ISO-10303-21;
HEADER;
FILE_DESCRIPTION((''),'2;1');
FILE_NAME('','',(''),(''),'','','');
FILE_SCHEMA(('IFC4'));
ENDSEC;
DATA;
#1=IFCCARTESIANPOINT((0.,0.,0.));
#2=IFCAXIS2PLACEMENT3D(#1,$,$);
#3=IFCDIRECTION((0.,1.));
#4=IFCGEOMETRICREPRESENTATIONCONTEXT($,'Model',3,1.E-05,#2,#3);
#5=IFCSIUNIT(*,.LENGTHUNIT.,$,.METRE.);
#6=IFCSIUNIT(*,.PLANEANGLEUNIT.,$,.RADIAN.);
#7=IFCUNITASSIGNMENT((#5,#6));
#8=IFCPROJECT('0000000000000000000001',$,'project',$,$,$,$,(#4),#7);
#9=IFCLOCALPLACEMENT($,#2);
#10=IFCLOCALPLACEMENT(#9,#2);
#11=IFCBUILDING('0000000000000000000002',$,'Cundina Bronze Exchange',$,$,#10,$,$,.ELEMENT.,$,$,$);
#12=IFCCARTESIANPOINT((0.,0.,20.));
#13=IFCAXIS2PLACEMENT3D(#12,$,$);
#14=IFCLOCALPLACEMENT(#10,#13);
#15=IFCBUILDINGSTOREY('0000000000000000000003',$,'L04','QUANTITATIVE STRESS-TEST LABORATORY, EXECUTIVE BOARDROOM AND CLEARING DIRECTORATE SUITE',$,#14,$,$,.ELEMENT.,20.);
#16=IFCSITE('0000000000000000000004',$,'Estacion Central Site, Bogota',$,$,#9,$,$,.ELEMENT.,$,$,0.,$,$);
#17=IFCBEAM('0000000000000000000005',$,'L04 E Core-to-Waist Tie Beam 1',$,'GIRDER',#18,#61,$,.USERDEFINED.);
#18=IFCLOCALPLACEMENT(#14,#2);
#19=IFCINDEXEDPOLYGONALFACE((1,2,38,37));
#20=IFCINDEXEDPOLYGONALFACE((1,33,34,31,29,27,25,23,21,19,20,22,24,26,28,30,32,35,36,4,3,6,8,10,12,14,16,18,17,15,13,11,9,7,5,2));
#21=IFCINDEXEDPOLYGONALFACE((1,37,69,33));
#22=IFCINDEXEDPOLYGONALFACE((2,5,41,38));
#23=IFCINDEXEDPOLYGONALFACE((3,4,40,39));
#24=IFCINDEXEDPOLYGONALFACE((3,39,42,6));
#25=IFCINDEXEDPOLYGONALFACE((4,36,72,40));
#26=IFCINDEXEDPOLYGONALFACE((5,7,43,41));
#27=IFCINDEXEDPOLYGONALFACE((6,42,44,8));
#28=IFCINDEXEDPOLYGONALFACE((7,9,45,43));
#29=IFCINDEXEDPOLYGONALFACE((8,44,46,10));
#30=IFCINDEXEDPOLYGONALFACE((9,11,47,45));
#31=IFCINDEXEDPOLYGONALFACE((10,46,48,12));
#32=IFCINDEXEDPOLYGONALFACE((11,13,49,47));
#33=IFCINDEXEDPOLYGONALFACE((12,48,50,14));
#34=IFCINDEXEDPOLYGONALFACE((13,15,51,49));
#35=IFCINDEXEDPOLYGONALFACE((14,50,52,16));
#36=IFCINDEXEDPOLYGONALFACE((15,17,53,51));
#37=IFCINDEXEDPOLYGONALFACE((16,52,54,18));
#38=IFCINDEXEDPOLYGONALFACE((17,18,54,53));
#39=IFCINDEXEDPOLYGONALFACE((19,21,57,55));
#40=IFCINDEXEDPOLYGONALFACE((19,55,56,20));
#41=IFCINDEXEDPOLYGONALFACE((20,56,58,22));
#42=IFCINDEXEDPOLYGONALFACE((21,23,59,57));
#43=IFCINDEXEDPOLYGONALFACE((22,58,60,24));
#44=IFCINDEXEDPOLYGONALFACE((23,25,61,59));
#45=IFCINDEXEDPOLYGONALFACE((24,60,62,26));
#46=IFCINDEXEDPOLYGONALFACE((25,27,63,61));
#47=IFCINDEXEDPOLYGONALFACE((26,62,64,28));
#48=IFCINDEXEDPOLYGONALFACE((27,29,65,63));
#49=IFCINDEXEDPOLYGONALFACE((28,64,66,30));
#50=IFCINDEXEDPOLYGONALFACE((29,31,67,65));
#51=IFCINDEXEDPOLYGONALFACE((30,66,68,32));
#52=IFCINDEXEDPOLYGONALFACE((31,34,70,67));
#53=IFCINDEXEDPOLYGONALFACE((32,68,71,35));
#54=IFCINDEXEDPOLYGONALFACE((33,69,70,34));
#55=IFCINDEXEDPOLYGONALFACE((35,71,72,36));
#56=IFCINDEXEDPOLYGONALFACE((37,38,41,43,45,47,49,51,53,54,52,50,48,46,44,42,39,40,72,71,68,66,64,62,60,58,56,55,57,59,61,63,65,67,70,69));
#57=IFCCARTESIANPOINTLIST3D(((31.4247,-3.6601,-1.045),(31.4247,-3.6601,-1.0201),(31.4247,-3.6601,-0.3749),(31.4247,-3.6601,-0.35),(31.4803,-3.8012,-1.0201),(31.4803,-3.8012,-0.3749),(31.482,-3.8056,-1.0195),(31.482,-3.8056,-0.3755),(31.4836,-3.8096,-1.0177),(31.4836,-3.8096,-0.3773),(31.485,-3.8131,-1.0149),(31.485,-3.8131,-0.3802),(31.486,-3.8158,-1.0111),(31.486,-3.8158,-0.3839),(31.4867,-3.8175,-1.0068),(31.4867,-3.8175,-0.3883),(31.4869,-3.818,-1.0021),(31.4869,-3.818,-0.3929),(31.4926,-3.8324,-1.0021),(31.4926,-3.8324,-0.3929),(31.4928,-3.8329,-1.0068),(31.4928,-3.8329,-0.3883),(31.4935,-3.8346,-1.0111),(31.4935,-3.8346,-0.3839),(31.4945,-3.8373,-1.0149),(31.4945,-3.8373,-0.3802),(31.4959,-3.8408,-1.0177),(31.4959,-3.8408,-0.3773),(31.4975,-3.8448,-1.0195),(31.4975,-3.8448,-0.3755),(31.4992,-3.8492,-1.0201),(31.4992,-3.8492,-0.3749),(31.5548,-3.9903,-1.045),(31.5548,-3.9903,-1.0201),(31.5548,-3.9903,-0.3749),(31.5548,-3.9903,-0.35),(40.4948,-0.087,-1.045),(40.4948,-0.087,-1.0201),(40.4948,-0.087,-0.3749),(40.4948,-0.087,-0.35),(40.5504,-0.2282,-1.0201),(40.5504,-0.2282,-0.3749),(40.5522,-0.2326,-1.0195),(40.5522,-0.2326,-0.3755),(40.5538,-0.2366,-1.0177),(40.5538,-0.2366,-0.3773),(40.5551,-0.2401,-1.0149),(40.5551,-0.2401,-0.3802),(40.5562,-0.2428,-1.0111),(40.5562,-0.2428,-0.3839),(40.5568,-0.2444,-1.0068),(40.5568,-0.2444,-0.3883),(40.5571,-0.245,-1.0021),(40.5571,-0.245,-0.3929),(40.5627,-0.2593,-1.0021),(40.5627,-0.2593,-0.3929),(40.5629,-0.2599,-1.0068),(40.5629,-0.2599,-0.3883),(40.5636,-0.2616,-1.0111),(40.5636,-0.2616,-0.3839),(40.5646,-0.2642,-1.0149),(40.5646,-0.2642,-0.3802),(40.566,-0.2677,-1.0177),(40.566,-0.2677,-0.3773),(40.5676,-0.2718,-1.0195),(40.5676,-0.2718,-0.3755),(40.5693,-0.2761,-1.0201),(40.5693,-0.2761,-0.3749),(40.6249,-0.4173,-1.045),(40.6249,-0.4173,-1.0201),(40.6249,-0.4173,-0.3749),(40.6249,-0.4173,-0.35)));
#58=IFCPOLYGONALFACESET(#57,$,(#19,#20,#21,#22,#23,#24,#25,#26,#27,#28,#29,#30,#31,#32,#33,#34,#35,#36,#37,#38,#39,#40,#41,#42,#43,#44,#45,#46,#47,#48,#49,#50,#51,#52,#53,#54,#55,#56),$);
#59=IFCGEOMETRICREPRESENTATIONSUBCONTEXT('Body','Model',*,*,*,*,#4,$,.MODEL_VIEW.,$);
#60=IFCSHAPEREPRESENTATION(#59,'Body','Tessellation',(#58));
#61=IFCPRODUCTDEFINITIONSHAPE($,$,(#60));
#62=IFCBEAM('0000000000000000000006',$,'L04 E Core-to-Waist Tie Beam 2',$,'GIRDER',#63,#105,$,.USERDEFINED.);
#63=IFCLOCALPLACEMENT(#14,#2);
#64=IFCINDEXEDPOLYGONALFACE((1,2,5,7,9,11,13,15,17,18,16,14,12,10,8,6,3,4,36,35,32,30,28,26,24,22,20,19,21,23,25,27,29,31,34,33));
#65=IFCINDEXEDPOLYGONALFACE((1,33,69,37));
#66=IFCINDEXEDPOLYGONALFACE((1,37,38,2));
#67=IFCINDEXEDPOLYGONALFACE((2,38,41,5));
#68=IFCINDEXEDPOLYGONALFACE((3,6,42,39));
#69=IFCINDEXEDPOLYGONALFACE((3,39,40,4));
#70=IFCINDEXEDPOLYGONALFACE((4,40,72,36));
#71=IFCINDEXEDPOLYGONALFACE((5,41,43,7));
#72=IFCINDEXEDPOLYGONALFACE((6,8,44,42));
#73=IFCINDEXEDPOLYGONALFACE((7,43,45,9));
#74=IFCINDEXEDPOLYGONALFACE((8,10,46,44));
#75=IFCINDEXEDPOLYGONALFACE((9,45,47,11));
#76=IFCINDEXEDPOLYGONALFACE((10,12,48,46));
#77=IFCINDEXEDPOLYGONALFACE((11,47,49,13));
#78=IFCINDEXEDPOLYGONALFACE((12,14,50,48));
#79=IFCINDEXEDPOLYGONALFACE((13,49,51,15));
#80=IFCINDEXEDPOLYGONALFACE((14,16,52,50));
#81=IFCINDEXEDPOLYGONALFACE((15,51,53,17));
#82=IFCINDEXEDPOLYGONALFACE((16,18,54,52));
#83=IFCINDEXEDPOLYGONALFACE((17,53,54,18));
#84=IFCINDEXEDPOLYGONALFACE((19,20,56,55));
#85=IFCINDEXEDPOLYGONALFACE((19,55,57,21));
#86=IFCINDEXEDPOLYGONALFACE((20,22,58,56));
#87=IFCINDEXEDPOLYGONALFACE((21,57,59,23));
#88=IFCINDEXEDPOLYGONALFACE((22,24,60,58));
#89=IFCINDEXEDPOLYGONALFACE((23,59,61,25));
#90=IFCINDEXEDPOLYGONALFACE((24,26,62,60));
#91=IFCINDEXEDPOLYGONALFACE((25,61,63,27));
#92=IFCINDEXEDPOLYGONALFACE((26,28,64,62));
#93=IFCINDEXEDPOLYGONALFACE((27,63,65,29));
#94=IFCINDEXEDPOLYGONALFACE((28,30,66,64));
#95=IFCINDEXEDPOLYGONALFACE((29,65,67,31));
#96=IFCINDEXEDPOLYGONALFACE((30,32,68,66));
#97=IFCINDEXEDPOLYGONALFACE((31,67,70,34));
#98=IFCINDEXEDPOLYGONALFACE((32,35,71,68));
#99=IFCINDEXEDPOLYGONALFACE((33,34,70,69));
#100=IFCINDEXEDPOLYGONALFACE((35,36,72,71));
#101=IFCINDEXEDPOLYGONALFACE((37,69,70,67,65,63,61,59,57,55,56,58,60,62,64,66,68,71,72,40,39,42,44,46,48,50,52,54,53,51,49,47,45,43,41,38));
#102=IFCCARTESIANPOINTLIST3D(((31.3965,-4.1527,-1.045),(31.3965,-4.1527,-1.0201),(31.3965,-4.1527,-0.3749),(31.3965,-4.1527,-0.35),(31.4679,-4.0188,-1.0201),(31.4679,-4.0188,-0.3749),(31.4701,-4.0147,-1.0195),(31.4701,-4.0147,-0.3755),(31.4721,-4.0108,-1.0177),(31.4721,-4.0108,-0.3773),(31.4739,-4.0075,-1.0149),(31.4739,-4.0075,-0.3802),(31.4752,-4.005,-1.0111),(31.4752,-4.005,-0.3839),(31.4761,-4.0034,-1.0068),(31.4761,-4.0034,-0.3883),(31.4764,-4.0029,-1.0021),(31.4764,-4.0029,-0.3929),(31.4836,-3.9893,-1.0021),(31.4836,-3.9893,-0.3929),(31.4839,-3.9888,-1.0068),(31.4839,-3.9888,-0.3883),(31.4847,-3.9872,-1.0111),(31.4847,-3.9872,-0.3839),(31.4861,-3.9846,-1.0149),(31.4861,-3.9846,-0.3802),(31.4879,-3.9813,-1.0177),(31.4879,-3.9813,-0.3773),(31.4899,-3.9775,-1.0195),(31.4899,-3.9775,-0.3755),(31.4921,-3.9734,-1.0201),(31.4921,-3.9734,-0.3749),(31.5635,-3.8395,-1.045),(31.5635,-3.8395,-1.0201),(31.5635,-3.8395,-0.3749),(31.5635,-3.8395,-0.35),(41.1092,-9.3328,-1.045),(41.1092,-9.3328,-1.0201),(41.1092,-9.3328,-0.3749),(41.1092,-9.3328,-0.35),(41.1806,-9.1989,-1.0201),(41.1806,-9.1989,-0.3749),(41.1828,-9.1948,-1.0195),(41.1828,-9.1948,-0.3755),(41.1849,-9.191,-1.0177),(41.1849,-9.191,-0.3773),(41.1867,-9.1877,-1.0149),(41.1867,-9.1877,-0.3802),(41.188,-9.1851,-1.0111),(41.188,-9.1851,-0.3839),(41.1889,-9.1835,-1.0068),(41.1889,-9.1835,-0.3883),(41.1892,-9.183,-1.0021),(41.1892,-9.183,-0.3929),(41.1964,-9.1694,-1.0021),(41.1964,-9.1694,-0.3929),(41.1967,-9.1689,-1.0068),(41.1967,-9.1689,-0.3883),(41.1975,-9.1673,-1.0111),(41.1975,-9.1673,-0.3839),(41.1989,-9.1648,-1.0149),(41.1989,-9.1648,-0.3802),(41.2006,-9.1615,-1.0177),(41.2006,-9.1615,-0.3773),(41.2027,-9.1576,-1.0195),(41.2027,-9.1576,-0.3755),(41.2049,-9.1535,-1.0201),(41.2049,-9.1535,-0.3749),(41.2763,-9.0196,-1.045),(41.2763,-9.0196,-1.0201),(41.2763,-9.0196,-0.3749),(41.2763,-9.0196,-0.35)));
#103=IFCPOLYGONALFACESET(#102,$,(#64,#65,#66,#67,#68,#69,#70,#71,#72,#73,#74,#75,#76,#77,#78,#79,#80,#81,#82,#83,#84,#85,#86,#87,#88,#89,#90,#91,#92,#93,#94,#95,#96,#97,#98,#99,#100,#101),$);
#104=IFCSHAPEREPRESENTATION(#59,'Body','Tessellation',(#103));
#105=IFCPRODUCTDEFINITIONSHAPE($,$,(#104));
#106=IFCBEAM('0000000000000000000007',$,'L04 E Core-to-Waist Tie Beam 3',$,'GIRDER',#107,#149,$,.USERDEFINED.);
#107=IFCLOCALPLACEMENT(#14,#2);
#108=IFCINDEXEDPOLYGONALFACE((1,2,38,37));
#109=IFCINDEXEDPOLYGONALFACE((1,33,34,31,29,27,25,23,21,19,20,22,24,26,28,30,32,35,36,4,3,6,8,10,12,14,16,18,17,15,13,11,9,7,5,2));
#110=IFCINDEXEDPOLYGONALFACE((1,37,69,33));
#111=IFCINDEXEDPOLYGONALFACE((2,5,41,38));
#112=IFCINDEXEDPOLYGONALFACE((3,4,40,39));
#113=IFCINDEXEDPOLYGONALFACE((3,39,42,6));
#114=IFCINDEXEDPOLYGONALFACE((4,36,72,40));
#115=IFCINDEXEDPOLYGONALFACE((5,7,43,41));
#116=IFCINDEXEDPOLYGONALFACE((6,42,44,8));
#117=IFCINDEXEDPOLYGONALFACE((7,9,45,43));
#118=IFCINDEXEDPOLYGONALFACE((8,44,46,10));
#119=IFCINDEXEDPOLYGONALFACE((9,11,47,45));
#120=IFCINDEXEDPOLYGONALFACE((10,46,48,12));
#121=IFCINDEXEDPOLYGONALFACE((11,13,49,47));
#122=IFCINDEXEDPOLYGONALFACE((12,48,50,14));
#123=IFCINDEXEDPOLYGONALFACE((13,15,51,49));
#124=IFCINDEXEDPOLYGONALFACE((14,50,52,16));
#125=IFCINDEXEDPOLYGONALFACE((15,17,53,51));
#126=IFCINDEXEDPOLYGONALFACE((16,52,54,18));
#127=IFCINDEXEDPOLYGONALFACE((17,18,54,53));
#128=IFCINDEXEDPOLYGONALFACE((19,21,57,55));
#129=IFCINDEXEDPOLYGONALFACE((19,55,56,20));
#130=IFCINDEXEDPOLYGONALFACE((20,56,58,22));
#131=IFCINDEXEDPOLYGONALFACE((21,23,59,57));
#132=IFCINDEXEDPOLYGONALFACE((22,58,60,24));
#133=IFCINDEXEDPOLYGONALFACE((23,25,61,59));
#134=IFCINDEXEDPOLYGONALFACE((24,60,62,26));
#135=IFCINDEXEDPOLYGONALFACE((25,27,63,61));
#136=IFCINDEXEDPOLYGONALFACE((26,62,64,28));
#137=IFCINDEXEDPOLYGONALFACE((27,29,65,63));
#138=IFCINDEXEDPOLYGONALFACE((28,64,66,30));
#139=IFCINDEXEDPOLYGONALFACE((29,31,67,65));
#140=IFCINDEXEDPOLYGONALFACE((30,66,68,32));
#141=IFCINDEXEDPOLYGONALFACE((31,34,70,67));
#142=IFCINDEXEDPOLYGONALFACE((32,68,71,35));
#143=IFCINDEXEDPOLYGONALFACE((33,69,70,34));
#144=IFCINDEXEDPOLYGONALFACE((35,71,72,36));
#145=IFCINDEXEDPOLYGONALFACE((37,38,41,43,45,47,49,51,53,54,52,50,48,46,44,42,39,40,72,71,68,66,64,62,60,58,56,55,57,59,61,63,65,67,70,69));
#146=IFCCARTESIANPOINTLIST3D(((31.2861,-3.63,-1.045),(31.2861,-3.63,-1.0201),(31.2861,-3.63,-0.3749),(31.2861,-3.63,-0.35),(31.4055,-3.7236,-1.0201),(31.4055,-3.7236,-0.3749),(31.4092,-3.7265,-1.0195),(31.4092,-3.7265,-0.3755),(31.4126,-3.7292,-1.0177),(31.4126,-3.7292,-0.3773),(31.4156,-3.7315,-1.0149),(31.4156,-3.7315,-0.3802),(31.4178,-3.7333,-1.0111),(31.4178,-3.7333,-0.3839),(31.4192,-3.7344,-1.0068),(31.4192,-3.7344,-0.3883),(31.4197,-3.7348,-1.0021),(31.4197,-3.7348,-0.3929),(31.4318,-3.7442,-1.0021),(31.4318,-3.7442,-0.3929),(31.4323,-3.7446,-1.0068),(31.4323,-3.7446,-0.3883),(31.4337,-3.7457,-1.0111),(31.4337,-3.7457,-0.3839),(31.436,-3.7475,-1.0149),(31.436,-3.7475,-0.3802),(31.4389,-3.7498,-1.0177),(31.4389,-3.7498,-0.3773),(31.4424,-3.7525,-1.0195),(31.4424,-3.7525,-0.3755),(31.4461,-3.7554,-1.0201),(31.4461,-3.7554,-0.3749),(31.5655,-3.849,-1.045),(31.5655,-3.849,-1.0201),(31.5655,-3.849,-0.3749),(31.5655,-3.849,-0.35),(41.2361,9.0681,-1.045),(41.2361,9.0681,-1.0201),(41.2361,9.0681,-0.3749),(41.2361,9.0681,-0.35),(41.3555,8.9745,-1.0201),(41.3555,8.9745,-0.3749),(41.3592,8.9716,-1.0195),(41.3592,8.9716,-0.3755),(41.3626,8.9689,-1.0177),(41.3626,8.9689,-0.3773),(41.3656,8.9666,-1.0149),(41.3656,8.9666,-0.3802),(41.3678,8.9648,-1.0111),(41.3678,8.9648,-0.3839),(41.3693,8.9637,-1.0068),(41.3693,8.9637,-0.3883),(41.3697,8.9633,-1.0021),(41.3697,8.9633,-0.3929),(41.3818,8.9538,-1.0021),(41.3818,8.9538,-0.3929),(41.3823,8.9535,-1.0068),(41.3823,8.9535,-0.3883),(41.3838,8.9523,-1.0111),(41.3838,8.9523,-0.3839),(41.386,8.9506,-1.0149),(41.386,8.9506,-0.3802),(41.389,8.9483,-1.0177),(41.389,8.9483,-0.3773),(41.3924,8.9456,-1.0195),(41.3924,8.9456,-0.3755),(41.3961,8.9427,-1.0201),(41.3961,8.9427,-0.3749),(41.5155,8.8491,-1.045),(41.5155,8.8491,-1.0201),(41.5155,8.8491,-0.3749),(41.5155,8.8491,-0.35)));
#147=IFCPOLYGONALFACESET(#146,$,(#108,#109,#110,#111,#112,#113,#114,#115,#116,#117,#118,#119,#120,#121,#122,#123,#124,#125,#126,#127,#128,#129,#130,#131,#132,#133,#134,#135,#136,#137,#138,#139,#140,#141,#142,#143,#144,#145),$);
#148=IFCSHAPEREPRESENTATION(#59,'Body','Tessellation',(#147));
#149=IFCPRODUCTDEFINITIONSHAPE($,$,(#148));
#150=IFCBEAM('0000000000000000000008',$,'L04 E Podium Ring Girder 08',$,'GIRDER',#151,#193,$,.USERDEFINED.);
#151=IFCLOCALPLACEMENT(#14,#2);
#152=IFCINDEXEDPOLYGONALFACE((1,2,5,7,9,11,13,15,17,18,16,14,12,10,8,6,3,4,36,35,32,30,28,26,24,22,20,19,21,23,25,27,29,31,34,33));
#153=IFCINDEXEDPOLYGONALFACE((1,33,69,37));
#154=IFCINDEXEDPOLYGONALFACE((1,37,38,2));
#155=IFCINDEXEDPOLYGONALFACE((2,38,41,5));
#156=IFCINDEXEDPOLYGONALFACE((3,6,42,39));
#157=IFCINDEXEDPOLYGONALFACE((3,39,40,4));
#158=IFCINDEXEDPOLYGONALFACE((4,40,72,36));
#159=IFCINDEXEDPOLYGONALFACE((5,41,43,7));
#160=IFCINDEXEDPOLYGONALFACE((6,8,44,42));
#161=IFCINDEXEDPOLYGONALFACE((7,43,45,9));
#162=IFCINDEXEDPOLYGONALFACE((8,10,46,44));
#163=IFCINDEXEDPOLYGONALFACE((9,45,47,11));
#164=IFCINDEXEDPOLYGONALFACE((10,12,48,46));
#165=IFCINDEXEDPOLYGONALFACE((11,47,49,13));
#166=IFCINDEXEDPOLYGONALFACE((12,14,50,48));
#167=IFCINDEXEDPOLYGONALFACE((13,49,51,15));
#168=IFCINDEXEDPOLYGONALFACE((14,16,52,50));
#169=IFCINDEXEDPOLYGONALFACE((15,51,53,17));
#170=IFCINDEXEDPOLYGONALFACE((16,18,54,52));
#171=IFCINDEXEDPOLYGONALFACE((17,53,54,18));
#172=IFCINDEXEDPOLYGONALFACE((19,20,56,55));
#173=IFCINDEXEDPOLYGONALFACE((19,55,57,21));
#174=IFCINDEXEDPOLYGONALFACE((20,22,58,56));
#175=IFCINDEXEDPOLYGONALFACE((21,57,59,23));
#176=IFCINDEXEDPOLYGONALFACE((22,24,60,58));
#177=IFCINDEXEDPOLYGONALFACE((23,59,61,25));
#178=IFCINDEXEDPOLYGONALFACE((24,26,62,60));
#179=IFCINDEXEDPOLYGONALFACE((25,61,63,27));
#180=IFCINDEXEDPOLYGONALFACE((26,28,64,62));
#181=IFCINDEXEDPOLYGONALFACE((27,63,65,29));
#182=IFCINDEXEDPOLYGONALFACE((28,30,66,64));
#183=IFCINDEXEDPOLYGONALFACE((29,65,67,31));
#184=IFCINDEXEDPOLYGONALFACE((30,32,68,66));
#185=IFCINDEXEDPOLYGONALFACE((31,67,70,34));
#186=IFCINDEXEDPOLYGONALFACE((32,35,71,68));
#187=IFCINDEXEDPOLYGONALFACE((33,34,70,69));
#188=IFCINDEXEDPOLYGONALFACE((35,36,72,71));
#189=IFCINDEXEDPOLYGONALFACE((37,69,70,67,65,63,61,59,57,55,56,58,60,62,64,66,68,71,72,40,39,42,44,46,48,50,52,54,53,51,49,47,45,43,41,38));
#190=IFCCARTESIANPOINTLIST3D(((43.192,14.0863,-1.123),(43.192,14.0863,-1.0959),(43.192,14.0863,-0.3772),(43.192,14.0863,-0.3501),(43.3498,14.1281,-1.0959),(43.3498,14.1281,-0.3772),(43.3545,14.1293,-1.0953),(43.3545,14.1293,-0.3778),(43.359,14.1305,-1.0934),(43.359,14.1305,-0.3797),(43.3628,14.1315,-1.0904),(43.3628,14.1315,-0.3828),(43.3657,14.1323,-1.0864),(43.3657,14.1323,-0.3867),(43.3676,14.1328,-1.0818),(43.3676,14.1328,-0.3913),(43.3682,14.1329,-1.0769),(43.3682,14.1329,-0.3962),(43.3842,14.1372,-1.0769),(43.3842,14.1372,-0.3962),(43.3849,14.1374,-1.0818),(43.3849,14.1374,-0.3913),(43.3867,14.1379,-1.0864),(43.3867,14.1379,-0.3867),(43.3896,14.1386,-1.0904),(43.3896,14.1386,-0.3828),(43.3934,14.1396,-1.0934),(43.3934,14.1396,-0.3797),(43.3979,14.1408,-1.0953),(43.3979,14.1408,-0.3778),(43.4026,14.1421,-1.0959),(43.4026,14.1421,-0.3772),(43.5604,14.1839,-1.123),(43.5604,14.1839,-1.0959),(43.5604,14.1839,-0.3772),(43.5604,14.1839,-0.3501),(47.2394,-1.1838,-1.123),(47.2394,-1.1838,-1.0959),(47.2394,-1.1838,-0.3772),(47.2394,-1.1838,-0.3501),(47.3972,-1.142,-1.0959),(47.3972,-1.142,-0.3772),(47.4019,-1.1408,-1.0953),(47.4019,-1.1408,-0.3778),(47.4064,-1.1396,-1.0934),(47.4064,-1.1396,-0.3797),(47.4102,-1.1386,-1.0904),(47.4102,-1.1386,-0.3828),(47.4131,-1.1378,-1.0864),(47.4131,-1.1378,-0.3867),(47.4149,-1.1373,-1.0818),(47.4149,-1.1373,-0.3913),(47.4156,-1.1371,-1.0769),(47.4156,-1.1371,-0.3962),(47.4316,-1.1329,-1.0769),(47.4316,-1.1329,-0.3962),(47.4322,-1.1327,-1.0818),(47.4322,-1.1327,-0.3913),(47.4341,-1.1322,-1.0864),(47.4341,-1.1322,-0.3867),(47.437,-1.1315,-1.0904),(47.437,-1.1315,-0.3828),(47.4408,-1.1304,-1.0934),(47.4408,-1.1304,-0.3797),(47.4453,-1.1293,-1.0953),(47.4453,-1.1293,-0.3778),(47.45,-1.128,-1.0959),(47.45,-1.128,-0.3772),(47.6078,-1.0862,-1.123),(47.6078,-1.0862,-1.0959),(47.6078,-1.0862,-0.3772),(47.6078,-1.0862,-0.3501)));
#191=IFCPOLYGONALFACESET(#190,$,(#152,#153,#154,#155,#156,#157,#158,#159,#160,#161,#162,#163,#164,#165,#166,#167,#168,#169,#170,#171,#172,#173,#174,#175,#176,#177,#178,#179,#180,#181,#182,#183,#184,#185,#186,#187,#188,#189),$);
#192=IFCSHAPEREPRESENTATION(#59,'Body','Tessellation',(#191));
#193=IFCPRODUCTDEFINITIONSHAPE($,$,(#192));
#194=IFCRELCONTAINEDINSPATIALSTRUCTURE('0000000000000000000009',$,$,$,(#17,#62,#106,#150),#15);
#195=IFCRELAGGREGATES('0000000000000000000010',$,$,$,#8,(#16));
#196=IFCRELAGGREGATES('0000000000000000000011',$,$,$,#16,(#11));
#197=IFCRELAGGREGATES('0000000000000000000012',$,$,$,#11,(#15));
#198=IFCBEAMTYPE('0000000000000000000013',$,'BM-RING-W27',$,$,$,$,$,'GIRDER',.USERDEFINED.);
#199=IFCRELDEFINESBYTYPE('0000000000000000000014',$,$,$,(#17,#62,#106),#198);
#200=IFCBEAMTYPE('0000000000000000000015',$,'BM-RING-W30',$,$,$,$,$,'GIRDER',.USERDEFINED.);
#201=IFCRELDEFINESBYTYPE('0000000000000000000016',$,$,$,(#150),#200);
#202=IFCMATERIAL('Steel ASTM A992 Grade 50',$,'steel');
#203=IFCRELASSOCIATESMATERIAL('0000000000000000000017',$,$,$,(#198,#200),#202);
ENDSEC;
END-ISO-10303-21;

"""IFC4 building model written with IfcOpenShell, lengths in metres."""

from ifc_helpers import new_model, si_unit, direction, frame, origin, origin_2d, place, context, subcontext, project, spatial, i_section, extrude, material, material_profile, profile_set, type_object, element, save


model = new_model("IFC4")

# Units and contexts
model_context = context("Model", 3, precision=1e-05, world=origin(), true_north=direction((0.0, 1.0)))
body_context = subcontext(model_context, "Body", "Model", "MODEL_VIEW")
ifc_project = project(units=[si_unit("LENGTHUNIT", "METRE"), si_unit("PLANEANGLEUNIT", "RADIAN")], contexts=[model_context])

# Site, building, storey
site_placement = place(None, origin())
site = spatial("IfcSite", under=ifc_project, at=site_placement, Name="Estacion Central Site, Bogota", CompositionType="ELEMENT", RefElevation=0.0)
building_placement = place(site_placement, origin())
building = spatial("IfcBuilding", under=site, at=building_placement, Name="Cundina Bronze Exchange", CompositionType="ELEMENT")
storey_placement = place(building_placement, frame((0.0, 0.0, 20.0)))
storey = spatial("IfcBuildingStorey", under=building, at=storey_placement, Name="L04", Description="QUANTITATIVE STRESS-TEST LABORATORY, EXECUTIVE BOARDROOM AND CLEARING DIRECTORATE SUITE", CompositionType="ELEMENT", Elevation=20.0)

# Shared definitions
ifc_material_1 = material(Name="Steel ASTM A992 Grade 50", Category="steel")

# Beams
ifc_material_profile_1 = material_profile(ifc_material_1, i_section(OverallWidth=0.355, OverallDepth=0.6951, WebThickness=0.0154, FlangeThickness=0.0249, FilletRadius=0.0181, at=origin_2d()), Name="W27X146", Category="steel")
ifc_profile_set_1 = profile_set([ifc_material_profile_1], Name="Steel ASTM A992 Grade 50")
beam_type_1 = type_object("IfcBeamType", Name="BM-RING-W27", ElementType="GIRDER", PredefinedType="USERDEFINED", material=ifc_profile_set_1)
beam_1_placement = place(storey_placement, frame((31.4897, -3.8252, -0.6975), z_axis=(0.93041, 0.366519, 0.0), x_axis=(-0.366519, 0.93041, 0.0)))
element("IfcBeam", 1, at=beam_1_placement, inside=storey, type_object=beam_type_1, Name="L04 E Core-to-Waist Tie Beam 1", ObjectType="GIRDER", PredefinedType="USERDEFINED", context=body_context, shape_type="SweptSolid", body=[
    extrude(i_section(OverallWidth=0.355, OverallDepth=0.6951, WebThickness=0.0154, FlangeThickness=0.0249, FilletRadius=0.0181, at=origin_2d()), origin(), (0.0, 0.0, 1.0), 9.7485),
])
beam_2_placement = place(storey_placement, frame((31.48, -3.9961, -0.6975), z_axis=(0.882354, -0.470586, 0.0), x_axis=(0.470586, 0.882354, 0.0)))
element("IfcBeam", 2, at=beam_2_placement, inside=storey, type_object=beam_type_1, Name="L04 E Core-to-Waist Tie Beam 2", ObjectType="GIRDER", PredefinedType="USERDEFINED", context=body_context, shape_type="SweptSolid", body=[
    extrude(i_section(OverallWidth=0.355, OverallDepth=0.6951, WebThickness=0.0154, FlangeThickness=0.0249, FilletRadius=0.0181, at=origin_2d()), origin(), (0.0, 0.0, 1.0), 11.0078),
])
beam_3_placement = place(storey_placement, frame((31.4258, -3.7395, -0.6975), z_axis=(0.616784, 0.787132, 0.0), x_axis=(-0.787132, 0.616784, 0.0)))
element("IfcBeam", 3, at=beam_3_placement, inside=storey, type_object=beam_type_1, Name="L04 E Core-to-Waist Tie Beam 3", ObjectType="GIRDER", PredefinedType="USERDEFINED", context=body_context, shape_type="SweptSolid", body=[
    extrude(i_section(OverallWidth=0.355, OverallDepth=0.6951, WebThickness=0.0154, FlangeThickness=0.0249, FilletRadius=0.0181, at=origin_2d()), origin(), (0.0, 0.0, 1.0), 16.1321),
])
ifc_material_profile_2 = material_profile(ifc_material_1, i_section(OverallWidth=0.3811, OverallDepth=0.7729, WebThickness=0.0166, FlangeThickness=0.0271, FilletRadius=0.019, at=origin_2d()), Name="W30X173", Category="steel")
ifc_profile_set_2 = profile_set([ifc_material_profile_2], Name="Steel ASTM A992 Grade 50")
beam_type_2 = type_object("IfcBeamType", Name="BM-RING-W30", ElementType="GIRDER", PredefinedType="USERDEFINED", material=ifc_profile_set_2)
beam_4_placement = place(storey_placement, frame((47.4236, -1.135, -0.7366), z_axis=(-0.256206, 0.966622, 0.0), x_axis=(-0.966622, -0.256206, 0.0)))
element("IfcBeam", 4, at=beam_4_placement, inside=storey, type_object=beam_type_2, Name="L04 E Podium Ring Girder 08", ObjectType="GIRDER", PredefinedType="USERDEFINED", context=body_context, shape_type="SweptSolid", body=[
    extrude(i_section(OverallWidth=0.3811, OverallDepth=0.7729, WebThickness=0.0166, FlangeThickness=0.0271, FilletRadius=0.019, at=origin_2d()), origin(), (0.0, 0.0, 1.0), 15.7974),
])

save(model, "model.ifc")
